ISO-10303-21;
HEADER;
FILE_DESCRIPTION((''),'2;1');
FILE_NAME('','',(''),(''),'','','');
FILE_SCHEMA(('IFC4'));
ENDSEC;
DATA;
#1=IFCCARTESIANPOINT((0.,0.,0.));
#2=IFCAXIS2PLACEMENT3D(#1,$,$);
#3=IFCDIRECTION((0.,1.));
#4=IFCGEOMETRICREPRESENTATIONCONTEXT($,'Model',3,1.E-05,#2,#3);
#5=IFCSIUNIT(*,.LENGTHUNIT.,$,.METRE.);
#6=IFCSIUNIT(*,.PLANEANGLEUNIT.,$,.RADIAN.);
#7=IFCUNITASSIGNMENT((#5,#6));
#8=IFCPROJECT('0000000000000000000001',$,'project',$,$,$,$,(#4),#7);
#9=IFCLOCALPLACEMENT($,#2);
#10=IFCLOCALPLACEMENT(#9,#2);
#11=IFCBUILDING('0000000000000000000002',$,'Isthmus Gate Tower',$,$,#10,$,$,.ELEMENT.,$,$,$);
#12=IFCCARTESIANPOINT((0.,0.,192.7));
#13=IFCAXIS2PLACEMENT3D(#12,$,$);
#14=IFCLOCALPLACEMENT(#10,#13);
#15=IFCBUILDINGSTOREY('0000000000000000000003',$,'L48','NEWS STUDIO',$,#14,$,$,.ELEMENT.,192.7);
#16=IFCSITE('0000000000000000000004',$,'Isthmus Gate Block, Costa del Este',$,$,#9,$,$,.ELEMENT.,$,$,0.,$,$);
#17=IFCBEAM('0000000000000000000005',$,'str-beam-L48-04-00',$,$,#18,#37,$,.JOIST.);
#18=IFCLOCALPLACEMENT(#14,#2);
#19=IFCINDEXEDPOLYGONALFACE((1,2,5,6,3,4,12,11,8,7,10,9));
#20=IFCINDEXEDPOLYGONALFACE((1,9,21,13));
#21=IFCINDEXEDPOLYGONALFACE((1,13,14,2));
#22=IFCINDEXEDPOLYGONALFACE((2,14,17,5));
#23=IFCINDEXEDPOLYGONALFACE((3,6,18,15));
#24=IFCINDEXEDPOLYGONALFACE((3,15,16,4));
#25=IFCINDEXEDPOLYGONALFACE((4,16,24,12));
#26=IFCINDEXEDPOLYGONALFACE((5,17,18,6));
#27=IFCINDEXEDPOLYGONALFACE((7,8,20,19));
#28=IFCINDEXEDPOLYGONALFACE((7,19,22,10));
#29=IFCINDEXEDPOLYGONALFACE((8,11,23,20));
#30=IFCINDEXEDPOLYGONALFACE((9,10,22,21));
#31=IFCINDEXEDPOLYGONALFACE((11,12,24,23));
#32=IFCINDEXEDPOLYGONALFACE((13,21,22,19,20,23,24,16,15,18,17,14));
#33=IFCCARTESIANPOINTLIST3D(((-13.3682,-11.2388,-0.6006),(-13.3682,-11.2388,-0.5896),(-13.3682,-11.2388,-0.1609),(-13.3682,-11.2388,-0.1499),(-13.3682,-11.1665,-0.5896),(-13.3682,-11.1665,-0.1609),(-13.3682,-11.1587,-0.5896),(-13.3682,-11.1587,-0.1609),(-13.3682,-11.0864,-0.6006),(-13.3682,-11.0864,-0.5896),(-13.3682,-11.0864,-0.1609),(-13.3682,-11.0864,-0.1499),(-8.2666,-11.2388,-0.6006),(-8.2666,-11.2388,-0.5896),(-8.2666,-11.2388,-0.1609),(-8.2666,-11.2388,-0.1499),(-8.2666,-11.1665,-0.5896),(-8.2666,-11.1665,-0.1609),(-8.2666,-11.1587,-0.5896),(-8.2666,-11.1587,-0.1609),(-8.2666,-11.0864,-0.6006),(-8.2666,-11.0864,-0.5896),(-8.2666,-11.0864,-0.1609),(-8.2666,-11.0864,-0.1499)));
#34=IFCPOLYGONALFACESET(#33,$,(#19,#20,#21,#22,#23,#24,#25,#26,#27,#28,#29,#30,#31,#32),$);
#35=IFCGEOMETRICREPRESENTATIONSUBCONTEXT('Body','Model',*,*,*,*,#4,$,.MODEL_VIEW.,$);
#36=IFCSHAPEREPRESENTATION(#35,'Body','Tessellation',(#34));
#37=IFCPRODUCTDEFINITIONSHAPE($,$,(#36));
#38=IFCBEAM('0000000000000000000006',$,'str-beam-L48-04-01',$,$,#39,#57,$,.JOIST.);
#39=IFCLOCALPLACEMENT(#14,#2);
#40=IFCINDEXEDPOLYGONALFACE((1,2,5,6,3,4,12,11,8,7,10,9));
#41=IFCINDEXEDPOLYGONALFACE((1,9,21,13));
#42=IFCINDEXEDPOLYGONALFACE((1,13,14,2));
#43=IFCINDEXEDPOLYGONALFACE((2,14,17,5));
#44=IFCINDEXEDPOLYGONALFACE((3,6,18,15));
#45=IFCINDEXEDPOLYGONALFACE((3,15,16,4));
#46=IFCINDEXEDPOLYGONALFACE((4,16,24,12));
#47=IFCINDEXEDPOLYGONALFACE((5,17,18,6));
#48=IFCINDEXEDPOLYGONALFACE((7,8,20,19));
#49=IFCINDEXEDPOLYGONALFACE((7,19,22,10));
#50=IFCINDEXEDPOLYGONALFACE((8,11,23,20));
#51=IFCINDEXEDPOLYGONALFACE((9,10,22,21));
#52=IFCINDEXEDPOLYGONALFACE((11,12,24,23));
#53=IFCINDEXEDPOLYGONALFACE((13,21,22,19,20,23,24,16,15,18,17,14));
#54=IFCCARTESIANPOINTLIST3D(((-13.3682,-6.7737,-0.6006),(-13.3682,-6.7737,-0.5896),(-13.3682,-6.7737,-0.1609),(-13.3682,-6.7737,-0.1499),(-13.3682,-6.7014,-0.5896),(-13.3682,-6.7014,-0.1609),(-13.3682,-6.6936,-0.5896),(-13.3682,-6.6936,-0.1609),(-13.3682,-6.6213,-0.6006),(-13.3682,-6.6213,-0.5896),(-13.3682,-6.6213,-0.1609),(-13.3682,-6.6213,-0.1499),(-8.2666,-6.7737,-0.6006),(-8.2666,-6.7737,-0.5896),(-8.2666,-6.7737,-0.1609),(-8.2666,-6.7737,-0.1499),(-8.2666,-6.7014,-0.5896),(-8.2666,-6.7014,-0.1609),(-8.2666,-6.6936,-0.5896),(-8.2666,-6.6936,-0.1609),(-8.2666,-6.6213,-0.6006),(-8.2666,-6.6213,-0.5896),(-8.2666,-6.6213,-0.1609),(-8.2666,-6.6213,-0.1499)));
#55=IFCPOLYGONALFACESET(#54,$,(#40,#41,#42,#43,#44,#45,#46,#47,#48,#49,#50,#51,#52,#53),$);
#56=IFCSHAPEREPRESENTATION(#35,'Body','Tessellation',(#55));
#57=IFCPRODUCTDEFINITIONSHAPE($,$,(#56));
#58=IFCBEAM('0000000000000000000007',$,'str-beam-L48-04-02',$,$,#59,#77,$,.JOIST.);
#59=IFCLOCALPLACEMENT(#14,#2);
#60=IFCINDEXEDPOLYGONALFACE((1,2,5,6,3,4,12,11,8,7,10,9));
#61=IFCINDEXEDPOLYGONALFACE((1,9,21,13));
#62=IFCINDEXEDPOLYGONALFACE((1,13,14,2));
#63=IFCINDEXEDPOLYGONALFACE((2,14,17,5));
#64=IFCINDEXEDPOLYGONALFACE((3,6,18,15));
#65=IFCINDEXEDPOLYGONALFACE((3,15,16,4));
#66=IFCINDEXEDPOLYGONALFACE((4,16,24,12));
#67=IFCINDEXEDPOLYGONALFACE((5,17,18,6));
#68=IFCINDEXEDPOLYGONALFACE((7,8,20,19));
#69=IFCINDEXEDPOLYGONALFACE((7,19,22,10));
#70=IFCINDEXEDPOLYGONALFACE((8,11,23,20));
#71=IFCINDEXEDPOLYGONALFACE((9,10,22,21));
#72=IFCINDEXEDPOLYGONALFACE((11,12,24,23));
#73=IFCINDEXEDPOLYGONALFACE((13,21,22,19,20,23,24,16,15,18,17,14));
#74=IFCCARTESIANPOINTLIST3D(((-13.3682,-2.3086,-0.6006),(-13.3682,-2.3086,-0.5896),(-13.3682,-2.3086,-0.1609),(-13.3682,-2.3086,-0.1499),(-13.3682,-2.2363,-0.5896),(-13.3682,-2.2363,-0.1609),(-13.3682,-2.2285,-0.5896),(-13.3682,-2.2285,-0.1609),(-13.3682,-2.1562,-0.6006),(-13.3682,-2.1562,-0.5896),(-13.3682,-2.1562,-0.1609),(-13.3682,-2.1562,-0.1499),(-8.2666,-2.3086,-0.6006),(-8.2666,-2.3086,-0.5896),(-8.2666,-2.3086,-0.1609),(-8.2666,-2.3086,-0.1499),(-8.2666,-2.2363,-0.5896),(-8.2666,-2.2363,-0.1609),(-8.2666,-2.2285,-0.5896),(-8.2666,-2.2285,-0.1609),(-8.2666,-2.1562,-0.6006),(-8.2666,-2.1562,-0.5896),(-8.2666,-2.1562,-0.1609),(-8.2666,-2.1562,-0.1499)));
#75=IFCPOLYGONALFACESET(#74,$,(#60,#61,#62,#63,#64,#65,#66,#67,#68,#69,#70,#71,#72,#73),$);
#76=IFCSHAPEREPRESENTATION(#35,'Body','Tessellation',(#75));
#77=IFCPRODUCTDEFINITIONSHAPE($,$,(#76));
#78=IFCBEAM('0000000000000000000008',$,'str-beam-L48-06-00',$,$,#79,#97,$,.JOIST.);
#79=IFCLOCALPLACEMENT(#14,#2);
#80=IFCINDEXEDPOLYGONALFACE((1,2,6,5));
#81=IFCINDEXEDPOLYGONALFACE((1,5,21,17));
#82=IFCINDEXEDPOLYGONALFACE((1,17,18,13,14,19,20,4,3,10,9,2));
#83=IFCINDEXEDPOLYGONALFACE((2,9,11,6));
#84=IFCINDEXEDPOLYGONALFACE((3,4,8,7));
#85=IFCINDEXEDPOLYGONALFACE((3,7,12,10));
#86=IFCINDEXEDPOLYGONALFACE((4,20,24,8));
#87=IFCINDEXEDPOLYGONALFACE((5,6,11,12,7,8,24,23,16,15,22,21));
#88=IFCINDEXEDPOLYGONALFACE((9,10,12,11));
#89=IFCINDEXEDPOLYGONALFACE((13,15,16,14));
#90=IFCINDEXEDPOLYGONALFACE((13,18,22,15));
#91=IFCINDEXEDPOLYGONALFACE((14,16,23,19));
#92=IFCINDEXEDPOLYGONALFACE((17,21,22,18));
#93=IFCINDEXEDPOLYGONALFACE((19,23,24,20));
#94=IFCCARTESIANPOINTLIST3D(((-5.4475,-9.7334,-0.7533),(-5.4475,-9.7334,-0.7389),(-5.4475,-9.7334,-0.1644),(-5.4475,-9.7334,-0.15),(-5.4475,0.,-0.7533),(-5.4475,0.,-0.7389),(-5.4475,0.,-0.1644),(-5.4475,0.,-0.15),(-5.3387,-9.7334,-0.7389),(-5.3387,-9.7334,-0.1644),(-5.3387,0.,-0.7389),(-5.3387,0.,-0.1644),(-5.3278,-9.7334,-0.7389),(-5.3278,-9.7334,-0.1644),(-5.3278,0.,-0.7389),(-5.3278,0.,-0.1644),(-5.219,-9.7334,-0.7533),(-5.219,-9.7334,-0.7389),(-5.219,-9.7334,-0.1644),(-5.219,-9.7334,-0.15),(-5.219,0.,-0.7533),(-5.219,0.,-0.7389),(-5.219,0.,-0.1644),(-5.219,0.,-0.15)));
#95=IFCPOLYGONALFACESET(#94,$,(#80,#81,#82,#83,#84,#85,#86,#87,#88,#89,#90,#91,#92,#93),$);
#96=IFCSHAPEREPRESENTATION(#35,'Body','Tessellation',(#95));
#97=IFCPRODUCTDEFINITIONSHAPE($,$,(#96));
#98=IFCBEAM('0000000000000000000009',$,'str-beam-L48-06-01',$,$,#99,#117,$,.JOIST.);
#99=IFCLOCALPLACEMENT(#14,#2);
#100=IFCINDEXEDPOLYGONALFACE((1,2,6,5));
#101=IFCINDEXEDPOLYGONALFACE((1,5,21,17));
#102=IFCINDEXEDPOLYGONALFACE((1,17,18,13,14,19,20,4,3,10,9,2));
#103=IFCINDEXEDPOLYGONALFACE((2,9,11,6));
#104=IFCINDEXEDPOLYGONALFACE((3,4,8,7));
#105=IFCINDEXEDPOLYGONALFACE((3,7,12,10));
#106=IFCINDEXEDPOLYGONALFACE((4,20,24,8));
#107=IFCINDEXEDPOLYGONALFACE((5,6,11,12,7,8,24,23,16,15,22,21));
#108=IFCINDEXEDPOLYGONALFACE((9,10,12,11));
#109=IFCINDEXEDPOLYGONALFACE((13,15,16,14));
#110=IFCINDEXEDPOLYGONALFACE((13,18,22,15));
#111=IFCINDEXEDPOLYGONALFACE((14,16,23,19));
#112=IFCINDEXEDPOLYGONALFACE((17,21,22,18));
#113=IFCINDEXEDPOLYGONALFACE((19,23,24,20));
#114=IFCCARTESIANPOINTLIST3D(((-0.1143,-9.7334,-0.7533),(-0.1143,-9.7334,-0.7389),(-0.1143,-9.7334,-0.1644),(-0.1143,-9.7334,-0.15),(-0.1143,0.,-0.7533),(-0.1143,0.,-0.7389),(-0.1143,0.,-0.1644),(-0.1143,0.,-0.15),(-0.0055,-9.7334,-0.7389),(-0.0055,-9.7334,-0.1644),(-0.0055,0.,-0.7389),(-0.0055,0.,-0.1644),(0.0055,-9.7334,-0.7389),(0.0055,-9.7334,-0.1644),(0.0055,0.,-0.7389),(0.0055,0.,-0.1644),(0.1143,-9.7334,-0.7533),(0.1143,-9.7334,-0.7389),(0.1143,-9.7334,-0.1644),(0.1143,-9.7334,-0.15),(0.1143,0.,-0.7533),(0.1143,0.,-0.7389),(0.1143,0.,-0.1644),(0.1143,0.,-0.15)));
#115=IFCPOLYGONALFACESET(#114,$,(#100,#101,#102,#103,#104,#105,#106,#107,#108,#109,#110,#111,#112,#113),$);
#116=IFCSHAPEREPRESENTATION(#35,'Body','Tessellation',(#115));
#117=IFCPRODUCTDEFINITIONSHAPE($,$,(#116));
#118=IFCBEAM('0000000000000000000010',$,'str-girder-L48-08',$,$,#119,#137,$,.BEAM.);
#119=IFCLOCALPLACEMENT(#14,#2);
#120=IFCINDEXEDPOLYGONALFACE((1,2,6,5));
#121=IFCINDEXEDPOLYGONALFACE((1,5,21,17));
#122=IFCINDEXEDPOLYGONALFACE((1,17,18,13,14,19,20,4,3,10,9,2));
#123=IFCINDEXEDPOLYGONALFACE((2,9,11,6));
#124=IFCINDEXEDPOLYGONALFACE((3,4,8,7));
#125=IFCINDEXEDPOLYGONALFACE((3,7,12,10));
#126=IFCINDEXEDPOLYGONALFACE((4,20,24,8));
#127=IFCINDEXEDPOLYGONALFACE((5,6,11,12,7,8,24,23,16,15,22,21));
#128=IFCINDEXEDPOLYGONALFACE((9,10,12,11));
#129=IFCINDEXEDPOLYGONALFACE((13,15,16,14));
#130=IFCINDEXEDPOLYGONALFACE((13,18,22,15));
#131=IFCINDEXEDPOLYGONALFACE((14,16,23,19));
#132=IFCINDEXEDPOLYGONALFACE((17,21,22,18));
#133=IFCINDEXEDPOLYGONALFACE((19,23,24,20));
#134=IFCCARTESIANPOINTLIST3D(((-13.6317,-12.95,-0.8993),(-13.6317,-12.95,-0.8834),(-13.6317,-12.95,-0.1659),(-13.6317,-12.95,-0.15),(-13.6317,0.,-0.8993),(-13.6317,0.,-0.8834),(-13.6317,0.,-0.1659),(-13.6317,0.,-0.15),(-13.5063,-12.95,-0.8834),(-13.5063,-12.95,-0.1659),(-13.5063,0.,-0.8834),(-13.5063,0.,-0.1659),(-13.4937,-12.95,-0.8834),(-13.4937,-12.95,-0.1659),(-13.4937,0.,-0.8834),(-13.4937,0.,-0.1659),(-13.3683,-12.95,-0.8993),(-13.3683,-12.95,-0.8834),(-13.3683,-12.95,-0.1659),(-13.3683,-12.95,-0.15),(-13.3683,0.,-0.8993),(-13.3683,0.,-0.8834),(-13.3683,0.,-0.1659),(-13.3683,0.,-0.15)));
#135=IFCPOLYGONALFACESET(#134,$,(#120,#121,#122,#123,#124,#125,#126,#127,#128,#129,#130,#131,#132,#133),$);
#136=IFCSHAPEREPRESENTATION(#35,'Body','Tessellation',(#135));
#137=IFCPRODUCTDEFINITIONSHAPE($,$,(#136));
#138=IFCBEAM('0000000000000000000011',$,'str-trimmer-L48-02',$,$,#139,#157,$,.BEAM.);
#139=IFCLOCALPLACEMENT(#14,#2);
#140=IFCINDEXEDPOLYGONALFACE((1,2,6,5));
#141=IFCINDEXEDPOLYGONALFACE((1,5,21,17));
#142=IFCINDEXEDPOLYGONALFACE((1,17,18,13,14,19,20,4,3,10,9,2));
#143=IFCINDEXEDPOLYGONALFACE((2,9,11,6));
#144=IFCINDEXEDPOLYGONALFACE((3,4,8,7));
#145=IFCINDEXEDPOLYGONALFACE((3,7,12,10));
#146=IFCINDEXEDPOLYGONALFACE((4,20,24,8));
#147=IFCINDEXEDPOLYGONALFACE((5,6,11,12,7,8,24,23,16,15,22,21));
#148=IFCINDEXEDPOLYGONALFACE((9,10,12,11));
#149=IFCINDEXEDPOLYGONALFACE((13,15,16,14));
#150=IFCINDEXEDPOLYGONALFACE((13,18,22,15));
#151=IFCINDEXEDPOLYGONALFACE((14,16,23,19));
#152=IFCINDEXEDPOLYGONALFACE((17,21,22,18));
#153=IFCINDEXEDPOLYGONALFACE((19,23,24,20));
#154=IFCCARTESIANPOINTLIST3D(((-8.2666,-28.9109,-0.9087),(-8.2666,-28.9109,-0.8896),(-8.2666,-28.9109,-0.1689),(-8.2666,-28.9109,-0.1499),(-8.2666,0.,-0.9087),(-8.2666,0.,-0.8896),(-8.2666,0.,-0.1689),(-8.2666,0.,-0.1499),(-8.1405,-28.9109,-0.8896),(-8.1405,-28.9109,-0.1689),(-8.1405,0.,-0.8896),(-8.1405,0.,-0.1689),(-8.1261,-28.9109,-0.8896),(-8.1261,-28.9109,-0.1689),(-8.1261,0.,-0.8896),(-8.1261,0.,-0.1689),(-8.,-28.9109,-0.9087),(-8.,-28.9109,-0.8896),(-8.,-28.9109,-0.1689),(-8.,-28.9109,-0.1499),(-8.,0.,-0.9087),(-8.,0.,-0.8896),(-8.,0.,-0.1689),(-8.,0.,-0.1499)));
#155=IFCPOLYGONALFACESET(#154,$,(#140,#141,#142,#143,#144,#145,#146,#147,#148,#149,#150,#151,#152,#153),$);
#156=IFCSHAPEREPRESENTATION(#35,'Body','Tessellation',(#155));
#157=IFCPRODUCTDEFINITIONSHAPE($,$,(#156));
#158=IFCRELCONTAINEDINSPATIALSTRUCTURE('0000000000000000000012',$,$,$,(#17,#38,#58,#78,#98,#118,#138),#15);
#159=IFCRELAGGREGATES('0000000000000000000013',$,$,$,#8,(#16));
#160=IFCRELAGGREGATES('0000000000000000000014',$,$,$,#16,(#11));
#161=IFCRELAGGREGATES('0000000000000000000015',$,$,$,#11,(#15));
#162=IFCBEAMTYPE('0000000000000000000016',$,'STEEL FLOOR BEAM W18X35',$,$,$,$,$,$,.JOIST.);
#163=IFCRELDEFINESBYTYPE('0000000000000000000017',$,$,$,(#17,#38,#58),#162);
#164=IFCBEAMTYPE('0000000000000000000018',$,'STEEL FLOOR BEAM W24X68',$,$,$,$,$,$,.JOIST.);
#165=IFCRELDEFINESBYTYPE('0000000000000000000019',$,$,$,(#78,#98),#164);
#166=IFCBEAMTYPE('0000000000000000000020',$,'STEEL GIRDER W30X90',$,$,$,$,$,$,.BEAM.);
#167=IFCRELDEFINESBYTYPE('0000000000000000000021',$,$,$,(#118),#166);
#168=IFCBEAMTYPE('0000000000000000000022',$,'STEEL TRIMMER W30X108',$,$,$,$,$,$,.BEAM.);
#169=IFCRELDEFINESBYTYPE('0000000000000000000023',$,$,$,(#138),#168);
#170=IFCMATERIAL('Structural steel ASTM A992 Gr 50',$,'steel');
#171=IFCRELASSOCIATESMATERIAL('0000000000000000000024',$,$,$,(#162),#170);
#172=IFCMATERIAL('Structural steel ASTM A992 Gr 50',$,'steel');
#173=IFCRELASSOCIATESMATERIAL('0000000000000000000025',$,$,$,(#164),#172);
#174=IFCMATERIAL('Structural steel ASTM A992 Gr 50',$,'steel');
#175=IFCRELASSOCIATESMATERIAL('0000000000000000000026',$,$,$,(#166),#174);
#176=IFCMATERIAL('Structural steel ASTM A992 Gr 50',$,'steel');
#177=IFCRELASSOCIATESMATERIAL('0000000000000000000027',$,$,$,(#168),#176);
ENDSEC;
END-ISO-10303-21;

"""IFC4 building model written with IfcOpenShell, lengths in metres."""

from ifc_helpers import new_model, si_unit, direction, frame, origin, origin_2d, place, context, subcontext, project, spatial, i_section, extrude, material, material_profile, profile_set, type_object, element, save


model = new_model("IFC4")

# Units and contexts
model_context = context("Model", 3, precision=1e-05, world=origin(), true_north=direction((0.0, 1.0)))
body_context = subcontext(model_context, "Body", "Model", "MODEL_VIEW")
ifc_project = project(units=[si_unit("LENGTHUNIT", "METRE"), si_unit("PLANEANGLEUNIT", "RADIAN")], contexts=[model_context])

# Site, building, storey
site_placement = place(None, origin())
site = spatial("IfcSite", under=ifc_project, at=site_placement, Name="Isthmus Gate Block, Costa del Este", CompositionType="ELEMENT", RefElevation=0.0)
building_placement = place(site_placement, origin())
building = spatial("IfcBuilding", under=site, at=building_placement, Name="Isthmus Gate Tower", CompositionType="ELEMENT")
storey_placement = place(building_placement, frame((0.0, 0.0, 192.7)))
storey = spatial("IfcBuildingStorey", under=building, at=storey_placement, Name="L48", Description="NEWS STUDIO", CompositionType="ELEMENT", Elevation=192.7)

# Beams
ifc_material_1 = material(Name="Structural steel ASTM A992 Gr 50", Category="steel")
ifc_material_profile_1 = material_profile(ifc_material_1, i_section(OverallWidth=0.1523, OverallDepth=0.4507, WebThickness=0.0078, FlangeThickness=0.011, at=origin_2d()), Name="W18X35")
ifc_profile_set_1 = profile_set([ifc_material_profile_1], Name="Structural steel ASTM A992 Gr 50")
beam_type_1 = type_object("IfcBeamType", Name="STEEL FLOOR BEAM W18X35", PredefinedType="JOIST", material=ifc_profile_set_1)
for number, where, z_axis, x_axis, name in (
    (1, (-13.3682, -11.1626, -0.3752), (1.0, 0.0, 0.0), (0.0, 1.0, 0.0), "str-beam-L48-04-00"),
    (2, (-13.3682, -6.6975, -0.3752), (1.0, 0.0, 0.0), (0.0, 1.0, 0.0), "str-beam-L48-04-01"),
    (3, (-13.3682, -2.2324, -0.3752), (1.0, 0.0, 0.0), (0.0, 1.0, 0.0), "str-beam-L48-04-02"),
):
    element("IfcBeam", number, at=place(storey_placement, frame(where, z_axis=z_axis, x_axis=x_axis)), inside=storey, type_object=beam_type_1, Name=name, PredefinedType="JOIST", context=body_context, shape_type="SweptSolid", body=[
        extrude(i_section(OverallWidth=0.1523, OverallDepth=0.4507, WebThickness=0.0078, FlangeThickness=0.011, at=origin_2d()), origin(), (0.0, 0.0, 1.0), 5.1016),
    ])
ifc_material_2 = material(Name="Structural steel ASTM A992 Gr 50", Category="steel")
ifc_material_profile_2 = material_profile(ifc_material_2, i_section(OverallWidth=0.2285, OverallDepth=0.6033, WebThickness=0.011, FlangeThickness=0.0144, at=origin_2d()), Name="W24X68")
ifc_profile_set_2 = profile_set([ifc_material_profile_2], Name="Structural steel ASTM A992 Gr 50")
beam_type_2 = type_object("IfcBeamType", Name="STEEL FLOOR BEAM W24X68", PredefinedType="JOIST", material=ifc_profile_set_2)
for number, where, z_axis, x_axis, name in (
    (4, (-5.3333, -9.7334, -0.4517), (0.0, 1.0, 0.0), (-1.0, 0.0, 0.0), "str-beam-L48-06-00"),
    (5, (0.0, -9.7334, -0.4517), (0.0, 1.0, 0.0), (-1.0, 0.0, 0.0), "str-beam-L48-06-01"),
):
    element("IfcBeam", number, at=place(storey_placement, frame(where, z_axis=z_axis, x_axis=x_axis)), inside=storey, type_object=beam_type_2, Name=name, PredefinedType="JOIST", context=body_context, shape_type="SweptSolid", body=[
        extrude(i_section(OverallWidth=0.2285, OverallDepth=0.6033, WebThickness=0.011, FlangeThickness=0.0144, at=origin_2d()), origin(), (0.0, 0.0, 1.0), 9.7334),
    ])
ifc_material_3 = material(Name="Structural steel ASTM A992 Gr 50", Category="steel")
ifc_material_profile_3 = material_profile(ifc_material_3, i_section(OverallWidth=0.2634, OverallDepth=0.7493, WebThickness=0.0127, FlangeThickness=0.0159, at=origin_2d()), Name="W30X90")
ifc_profile_set_3 = profile_set([ifc_material_profile_3], Name="Structural steel ASTM A992 Gr 50")
beam_type_3 = type_object("IfcBeamType", Name="STEEL GIRDER W30X90", PredefinedType="BEAM", material=ifc_profile_set_3)
beam_1_placement = place(storey_placement, frame((-13.5, -12.95, -0.5247), z_axis=(0.0, 1.0, 0.0), x_axis=(-1.0, 0.0, 0.0)))
element("IfcBeam", 6, at=beam_1_placement, inside=storey, type_object=beam_type_3, Name="str-girder-L48-08", PredefinedType="BEAM", context=body_context, shape_type="SweptSolid", body=[
    extrude(i_section(OverallWidth=0.2634, OverallDepth=0.7493, WebThickness=0.0127, FlangeThickness=0.0159, at=origin_2d()), origin(), (0.0, 0.0, 1.0), 12.95),
])
ifc_material_4 = material(Name="Structural steel ASTM A992 Gr 50", Category="steel")
ifc_material_profile_4 = material_profile(ifc_material_4, i_section(OverallWidth=0.2666, OverallDepth=0.7588, WebThickness=0.0144, FlangeThickness=0.019, at=origin_2d()), Name="W30X108")
ifc_profile_set_4 = profile_set([ifc_material_profile_4], Name="Structural steel ASTM A992 Gr 50")
beam_type_4 = type_object("IfcBeamType", Name="STEEL TRIMMER W30X108", PredefinedType="BEAM", material=ifc_profile_set_4)
beam_2_placement = place(storey_placement, frame((-8.1333, 0.0, -0.5293), z_axis=(0.0, -1.0, 0.0), x_axis=(1.0, 0.0, 0.0)))
element("IfcBeam", 7, at=beam_2_placement, inside=storey, type_object=beam_type_4, Name="str-trimmer-L48-02", PredefinedType="BEAM", context=body_context, shape_type="SweptSolid", body=[
    extrude(i_section(OverallWidth=0.2666, OverallDepth=0.7588, WebThickness=0.0144, FlangeThickness=0.019, at=origin_2d()), origin(), (0.0, 0.0, 1.0), 28.9109),
])

save(model, "model.ifc")
